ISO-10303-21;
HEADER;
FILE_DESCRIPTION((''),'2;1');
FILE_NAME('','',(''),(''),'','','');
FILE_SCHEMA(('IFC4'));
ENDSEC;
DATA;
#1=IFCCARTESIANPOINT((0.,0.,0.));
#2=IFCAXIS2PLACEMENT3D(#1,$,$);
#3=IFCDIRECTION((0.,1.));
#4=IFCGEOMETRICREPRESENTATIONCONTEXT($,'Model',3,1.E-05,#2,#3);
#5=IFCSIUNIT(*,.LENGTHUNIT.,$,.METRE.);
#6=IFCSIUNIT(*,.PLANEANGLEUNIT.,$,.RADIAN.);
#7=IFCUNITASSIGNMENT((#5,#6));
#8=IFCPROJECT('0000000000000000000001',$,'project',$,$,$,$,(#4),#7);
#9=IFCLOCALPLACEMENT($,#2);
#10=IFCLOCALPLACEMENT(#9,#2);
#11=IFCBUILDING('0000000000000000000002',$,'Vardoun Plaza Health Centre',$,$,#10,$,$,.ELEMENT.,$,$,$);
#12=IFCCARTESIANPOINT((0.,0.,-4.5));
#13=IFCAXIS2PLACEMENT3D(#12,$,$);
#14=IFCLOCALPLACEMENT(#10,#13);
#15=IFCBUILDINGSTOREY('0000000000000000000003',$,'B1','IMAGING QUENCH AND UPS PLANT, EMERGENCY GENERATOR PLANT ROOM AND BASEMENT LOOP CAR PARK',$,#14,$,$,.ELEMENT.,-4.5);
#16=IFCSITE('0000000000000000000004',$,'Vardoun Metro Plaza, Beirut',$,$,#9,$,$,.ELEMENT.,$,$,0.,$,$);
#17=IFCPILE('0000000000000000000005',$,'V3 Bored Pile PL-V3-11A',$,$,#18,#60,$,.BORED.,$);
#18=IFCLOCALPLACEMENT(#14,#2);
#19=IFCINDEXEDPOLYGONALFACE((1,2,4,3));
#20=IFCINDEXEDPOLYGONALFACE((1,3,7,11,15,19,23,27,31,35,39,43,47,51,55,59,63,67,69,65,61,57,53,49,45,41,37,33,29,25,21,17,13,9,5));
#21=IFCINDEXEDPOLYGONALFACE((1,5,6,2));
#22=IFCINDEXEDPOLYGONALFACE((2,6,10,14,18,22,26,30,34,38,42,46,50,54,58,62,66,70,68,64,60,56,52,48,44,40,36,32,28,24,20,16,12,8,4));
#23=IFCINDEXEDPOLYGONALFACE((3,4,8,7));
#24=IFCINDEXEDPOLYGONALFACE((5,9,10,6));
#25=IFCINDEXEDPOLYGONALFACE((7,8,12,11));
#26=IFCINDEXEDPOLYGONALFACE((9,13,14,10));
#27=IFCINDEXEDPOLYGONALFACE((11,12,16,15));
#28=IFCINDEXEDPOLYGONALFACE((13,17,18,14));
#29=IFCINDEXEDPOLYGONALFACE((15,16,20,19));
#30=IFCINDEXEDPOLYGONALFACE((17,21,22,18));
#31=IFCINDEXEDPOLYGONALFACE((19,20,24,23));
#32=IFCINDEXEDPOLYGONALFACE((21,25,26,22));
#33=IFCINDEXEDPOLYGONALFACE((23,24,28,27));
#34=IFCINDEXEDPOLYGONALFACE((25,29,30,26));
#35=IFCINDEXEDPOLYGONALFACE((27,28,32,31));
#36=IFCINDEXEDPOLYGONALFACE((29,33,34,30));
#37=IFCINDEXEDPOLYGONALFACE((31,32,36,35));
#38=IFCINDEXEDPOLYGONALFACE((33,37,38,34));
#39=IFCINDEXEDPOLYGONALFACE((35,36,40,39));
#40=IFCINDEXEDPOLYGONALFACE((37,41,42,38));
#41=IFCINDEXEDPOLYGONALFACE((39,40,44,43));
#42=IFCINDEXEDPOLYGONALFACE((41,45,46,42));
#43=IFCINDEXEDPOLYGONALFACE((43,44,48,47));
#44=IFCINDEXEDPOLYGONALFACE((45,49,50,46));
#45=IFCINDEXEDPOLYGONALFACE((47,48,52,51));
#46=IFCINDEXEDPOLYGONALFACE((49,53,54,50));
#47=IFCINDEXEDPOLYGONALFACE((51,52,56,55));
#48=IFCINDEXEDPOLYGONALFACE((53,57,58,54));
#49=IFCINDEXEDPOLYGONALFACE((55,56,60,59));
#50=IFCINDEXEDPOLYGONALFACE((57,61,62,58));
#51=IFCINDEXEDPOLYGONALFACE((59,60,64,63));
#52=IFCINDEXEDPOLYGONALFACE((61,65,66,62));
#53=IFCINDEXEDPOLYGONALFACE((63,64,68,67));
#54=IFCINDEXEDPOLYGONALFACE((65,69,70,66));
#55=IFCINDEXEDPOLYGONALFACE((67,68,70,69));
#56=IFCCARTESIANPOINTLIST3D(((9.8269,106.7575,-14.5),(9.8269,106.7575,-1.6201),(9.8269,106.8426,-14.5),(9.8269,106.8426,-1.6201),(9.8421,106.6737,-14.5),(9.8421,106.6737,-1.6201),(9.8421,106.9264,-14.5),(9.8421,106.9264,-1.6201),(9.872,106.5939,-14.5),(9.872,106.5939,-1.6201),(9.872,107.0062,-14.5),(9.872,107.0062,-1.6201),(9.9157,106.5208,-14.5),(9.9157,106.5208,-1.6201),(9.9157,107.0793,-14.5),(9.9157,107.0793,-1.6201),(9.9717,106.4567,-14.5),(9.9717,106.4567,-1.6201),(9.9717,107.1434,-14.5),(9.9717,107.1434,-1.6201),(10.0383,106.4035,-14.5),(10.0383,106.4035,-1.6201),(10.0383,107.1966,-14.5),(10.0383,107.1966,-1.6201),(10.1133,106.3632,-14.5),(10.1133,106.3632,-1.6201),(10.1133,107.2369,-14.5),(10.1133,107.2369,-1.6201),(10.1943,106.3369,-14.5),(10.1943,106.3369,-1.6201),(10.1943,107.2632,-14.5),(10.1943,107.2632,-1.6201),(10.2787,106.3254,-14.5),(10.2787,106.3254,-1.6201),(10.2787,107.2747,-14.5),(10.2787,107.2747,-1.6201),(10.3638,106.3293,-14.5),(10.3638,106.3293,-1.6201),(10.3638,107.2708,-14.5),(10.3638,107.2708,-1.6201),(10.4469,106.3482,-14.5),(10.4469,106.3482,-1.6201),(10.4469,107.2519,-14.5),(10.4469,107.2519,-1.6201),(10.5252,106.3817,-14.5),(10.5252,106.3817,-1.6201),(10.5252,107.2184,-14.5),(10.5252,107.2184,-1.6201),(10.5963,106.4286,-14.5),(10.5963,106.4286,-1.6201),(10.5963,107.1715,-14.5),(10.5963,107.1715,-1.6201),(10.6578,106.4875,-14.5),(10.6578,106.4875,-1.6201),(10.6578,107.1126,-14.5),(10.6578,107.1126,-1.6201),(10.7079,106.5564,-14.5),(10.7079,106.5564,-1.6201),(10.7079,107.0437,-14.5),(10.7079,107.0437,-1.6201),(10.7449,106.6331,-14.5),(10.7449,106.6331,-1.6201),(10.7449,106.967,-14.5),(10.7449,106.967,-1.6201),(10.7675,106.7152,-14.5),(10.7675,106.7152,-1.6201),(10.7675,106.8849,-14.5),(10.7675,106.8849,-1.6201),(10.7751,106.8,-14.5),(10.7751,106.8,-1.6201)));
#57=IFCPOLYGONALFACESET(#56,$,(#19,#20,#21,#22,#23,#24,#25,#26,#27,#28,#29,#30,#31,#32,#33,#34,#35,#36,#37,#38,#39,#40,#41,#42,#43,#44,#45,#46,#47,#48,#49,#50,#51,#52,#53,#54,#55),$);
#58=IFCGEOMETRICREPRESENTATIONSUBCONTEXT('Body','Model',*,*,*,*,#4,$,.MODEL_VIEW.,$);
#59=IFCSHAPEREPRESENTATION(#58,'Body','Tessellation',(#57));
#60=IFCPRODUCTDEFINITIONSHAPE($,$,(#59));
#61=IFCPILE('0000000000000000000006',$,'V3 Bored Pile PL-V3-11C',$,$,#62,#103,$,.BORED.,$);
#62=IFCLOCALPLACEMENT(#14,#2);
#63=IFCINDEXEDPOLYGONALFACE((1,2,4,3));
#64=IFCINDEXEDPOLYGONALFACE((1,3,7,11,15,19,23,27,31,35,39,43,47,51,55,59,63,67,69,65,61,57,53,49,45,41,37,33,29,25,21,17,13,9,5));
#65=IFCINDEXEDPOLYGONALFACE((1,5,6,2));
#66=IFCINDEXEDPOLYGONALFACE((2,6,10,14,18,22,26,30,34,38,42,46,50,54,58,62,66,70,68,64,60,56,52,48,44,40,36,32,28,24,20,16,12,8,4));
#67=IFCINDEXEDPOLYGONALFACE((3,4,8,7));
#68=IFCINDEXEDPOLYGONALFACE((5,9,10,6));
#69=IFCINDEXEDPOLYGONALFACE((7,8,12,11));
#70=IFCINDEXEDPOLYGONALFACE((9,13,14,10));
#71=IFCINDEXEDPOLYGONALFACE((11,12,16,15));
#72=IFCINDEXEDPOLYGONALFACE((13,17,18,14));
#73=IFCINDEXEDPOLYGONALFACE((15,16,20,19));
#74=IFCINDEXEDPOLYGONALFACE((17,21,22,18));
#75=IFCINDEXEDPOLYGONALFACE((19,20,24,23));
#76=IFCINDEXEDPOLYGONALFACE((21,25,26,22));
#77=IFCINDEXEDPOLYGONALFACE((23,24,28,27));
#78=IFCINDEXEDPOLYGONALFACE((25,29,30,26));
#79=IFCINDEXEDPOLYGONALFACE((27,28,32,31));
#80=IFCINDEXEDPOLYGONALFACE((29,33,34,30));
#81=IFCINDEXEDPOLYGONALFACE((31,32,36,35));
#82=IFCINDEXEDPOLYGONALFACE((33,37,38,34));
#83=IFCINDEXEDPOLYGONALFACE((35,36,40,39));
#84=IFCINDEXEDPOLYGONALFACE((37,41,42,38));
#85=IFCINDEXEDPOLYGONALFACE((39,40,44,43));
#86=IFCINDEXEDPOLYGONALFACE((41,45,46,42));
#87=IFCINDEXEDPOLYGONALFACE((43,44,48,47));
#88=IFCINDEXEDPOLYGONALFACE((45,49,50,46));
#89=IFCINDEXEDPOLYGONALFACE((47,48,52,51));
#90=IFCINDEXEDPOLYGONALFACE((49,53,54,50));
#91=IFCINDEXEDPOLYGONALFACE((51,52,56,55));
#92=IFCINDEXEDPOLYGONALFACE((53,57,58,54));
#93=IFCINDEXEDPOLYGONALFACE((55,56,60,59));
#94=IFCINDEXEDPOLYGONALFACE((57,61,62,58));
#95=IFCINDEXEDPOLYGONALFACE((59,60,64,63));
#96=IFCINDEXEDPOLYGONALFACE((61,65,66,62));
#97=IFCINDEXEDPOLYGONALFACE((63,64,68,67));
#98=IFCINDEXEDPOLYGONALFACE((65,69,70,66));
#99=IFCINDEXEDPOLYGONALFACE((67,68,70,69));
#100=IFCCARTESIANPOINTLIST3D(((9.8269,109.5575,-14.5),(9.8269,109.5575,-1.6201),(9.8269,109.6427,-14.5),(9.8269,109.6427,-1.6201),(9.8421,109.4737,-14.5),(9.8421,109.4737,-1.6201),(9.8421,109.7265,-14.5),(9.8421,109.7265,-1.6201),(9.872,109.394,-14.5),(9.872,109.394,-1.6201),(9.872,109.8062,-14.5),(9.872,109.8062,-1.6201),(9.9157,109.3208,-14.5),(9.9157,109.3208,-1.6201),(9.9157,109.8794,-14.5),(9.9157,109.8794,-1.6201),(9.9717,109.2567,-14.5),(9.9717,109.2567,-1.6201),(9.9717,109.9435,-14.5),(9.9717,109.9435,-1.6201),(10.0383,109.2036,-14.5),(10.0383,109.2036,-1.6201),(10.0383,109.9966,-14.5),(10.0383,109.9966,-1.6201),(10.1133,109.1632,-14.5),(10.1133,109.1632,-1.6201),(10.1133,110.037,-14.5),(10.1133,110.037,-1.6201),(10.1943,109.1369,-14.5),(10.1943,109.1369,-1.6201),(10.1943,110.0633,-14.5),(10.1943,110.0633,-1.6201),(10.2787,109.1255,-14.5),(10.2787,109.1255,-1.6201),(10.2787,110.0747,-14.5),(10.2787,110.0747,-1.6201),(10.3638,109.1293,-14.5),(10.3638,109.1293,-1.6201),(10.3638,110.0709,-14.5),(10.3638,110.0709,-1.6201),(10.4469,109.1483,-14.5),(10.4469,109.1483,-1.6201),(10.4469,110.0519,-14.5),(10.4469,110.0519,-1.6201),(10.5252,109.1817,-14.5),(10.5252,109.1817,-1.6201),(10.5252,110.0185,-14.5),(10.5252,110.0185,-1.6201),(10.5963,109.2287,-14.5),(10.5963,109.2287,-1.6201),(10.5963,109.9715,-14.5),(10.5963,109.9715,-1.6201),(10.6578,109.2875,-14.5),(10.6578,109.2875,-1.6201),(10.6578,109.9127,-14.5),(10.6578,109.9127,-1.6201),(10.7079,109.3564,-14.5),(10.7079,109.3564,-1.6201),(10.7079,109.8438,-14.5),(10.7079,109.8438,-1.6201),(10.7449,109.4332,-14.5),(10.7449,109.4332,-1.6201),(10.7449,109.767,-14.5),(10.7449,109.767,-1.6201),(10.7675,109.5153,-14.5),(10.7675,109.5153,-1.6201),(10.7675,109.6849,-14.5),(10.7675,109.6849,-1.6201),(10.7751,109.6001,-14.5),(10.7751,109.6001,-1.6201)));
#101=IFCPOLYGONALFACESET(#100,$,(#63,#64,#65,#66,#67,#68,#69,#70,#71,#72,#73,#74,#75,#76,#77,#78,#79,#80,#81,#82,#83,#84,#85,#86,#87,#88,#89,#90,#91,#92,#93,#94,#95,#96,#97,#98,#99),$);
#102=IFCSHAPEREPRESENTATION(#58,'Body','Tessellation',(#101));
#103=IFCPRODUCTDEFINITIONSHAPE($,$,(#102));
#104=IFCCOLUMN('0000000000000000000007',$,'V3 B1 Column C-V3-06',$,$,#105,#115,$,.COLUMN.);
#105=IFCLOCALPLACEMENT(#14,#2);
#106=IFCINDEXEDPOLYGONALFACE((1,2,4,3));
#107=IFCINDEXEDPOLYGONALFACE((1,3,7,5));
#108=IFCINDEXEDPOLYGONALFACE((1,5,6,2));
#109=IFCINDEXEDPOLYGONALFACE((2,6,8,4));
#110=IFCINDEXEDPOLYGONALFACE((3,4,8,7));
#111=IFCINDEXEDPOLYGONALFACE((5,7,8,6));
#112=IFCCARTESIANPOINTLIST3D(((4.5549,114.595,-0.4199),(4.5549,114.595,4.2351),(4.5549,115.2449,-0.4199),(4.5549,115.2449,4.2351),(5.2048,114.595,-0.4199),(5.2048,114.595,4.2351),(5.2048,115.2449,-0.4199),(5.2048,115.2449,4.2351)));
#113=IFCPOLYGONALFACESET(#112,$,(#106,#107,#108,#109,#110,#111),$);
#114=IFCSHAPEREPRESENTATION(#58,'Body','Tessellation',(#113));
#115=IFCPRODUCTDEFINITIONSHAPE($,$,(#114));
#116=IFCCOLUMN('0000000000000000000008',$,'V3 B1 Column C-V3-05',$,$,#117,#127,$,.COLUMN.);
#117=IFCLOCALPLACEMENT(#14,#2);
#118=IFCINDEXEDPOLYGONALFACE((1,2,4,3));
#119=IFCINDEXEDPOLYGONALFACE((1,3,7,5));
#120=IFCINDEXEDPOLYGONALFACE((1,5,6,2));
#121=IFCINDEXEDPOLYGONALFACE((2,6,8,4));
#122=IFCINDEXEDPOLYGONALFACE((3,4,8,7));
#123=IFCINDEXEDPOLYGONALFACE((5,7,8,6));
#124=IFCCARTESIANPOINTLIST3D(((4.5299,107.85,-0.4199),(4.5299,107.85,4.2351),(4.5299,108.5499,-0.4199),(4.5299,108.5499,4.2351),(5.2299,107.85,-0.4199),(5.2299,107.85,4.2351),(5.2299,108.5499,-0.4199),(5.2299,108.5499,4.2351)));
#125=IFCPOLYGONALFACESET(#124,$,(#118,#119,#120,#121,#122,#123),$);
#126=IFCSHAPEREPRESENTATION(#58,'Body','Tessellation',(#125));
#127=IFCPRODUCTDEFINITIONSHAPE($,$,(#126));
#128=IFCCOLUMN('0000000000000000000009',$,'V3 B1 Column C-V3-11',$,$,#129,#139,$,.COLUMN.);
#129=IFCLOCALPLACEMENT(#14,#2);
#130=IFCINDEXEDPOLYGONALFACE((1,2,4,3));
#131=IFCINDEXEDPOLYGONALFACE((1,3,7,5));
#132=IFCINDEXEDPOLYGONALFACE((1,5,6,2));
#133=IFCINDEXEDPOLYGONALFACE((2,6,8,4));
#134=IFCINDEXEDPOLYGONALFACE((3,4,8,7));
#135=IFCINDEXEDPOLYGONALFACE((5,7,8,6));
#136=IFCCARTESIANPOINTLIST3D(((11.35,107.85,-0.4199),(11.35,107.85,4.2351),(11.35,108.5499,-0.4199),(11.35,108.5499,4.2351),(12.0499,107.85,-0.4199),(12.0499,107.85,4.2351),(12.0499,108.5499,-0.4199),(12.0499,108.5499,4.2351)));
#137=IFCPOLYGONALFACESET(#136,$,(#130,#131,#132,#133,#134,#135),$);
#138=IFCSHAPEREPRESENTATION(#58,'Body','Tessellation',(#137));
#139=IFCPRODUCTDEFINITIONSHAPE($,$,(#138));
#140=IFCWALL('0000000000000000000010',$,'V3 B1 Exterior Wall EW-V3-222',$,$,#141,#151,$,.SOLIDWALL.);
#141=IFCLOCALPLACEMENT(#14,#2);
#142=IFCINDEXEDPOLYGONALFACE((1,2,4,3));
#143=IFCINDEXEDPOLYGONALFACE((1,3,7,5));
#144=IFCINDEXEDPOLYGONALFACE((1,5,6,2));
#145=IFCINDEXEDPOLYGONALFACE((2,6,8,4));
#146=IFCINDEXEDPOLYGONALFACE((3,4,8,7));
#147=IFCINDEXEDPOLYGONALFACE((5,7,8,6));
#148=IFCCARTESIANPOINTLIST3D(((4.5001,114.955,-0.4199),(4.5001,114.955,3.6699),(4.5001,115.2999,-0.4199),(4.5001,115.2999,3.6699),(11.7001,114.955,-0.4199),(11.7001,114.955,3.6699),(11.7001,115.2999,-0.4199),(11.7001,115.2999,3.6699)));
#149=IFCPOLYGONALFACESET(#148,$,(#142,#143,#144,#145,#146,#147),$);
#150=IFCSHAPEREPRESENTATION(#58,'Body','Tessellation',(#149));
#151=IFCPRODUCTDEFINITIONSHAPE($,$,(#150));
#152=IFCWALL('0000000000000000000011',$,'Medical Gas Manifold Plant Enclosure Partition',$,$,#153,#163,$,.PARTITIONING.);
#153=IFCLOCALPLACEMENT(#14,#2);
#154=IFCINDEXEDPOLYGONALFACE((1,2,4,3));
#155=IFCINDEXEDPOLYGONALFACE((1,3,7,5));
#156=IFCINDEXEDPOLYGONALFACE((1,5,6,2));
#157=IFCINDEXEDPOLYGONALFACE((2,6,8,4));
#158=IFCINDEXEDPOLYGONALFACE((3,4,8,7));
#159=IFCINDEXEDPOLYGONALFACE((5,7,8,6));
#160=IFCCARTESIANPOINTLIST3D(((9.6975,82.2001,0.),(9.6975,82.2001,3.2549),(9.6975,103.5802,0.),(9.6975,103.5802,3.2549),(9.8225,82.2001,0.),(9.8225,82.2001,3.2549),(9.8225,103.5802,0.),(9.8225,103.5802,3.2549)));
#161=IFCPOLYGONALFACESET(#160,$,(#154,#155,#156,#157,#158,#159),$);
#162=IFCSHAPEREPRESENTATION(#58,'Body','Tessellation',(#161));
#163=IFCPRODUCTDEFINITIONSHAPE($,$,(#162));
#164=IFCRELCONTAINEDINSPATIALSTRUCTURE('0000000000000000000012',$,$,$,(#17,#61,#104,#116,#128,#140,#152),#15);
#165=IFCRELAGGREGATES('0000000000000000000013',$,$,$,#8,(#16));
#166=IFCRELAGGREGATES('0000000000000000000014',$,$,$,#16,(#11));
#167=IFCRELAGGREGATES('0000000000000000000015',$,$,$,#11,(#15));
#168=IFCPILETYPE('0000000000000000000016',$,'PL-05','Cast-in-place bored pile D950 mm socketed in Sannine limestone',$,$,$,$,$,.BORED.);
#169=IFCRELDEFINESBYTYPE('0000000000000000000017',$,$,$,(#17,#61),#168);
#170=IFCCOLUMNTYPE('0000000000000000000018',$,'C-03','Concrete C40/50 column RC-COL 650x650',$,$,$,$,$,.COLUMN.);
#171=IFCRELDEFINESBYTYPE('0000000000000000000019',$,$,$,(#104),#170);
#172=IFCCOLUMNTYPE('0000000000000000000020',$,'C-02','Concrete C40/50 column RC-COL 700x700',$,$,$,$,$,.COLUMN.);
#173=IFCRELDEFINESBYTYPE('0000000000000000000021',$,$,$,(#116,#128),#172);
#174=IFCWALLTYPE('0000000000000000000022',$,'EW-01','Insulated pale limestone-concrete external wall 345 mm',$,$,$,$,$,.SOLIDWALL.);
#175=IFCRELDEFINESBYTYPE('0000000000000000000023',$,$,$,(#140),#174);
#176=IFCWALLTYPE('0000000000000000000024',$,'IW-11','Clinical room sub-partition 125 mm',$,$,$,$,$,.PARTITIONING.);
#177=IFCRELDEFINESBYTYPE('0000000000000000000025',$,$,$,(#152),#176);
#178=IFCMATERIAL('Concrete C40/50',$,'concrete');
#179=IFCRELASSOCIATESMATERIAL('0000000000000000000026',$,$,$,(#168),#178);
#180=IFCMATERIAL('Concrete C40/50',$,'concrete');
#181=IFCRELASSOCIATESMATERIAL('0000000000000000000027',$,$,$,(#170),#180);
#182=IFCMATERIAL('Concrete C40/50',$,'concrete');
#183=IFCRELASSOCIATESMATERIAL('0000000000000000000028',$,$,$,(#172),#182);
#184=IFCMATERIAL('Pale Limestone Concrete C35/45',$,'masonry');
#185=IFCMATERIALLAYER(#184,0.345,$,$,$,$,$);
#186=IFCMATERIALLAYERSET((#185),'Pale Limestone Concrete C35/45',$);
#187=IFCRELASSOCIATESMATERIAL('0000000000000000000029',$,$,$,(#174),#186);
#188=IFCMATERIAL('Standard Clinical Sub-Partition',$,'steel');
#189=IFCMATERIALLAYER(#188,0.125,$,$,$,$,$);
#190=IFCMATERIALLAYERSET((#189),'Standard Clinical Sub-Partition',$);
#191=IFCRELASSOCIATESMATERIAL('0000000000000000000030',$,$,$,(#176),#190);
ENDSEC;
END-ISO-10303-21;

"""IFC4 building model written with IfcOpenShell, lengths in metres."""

from ifc_helpers import new_model, si_unit, direction, frame, frame_2d, origin, origin_2d, place, context, subcontext, project, spatial, rectangle, circle, extrude, material, layer, layer_set, material_profile, profile_set, type_object, element, save


model = new_model("IFC4")

# Units and contexts
model_context = context("Model", 3, precision=1e-05, world=origin(), true_north=direction((0.0, 1.0)))
body_context = subcontext(model_context, "Body", "Model", "MODEL_VIEW")
ifc_project = project(units=[si_unit("LENGTHUNIT", "METRE"), si_unit("PLANEANGLEUNIT", "RADIAN")], contexts=[model_context])

# Site, building, storey
site_placement = place(None, origin())
site = spatial("IfcSite", under=ifc_project, at=site_placement, Name="Vardoun Metro Plaza, Beirut", CompositionType="ELEMENT", RefElevation=0.0)
building_placement = place(site_placement, origin())
building = spatial("IfcBuilding", under=site, at=building_placement, Name="Vardoun Plaza Health Centre", CompositionType="ELEMENT")
storey_placement = place(building_placement, frame((0.0, 0.0, -4.5)))
storey = spatial("IfcBuildingStorey", under=building, at=storey_placement, Name="B1", Description="IMAGING QUENCH AND UPS PLANT, EMERGENCY GENERATOR PLANT ROOM AND BASEMENT LOOP CAR PARK", CompositionType="ELEMENT", Elevation=-4.5)

# Piles
ifc_material_1 = material(Name="Concrete C40/50", Category="concrete")
ifc_material_profile_1 = material_profile(ifc_material_1, circle(Radius=0.4751, at=origin_2d()), Name="PILE D950")
ifc_profile_set_1 = profile_set([ifc_material_profile_1], Name="Concrete C40/50")
pile_type_1 = type_object("IfcPileType", Name="PL-05", Description="Cast-in-place bored pile D950 mm socketed in Sannine limestone", PredefinedType="BORED", material=ifc_profile_set_1)
for number, where, z_axis, x_axis, name in (
    (1, (10.3, 106.8, -1.6201), (0.0, 0.0, -1.0), (1.0, 0.0, 0.0), "V3 Bored Pile PL-V3-11A"),
    (2, (10.3, 109.6001, -1.6201), (0.0, 0.0, -1.0), (1.0, 0.0, 0.0), "V3 Bored Pile PL-V3-11C"),
):
    element("IfcPile", number, at=place(storey_placement, frame(where, z_axis=z_axis, x_axis=x_axis)), inside=storey, type_object=pile_type_1, Name=name, PredefinedType="BORED", context=body_context, shape_type="SweptSolid", body=[
        extrude(circle(Radius=0.4751, at=origin_2d()), origin(), (0.0, 0.0, 1.0), 12.8799),
    ])

# Columns
ifc_material_2 = material(Name="Concrete C40/50", Category="concrete")
ifc_material_profile_2 = material_profile(ifc_material_2, rectangle(XDim=0.6499, YDim=0.6499, at=origin_2d()), Name="RC-COL 650x650")
ifc_profile_set_2 = profile_set([ifc_material_profile_2], Name="Concrete C40/50")
column_type_1 = type_object("IfcColumnType", Name="C-03", Description="Concrete C40/50 column RC-COL 650x650", PredefinedType="COLUMN", material=ifc_profile_set_2)
column_placement = place(storey_placement, frame((4.8799, 114.9199, -0.4199), z_axis=(0.0, 0.0, 1.0), x_axis=(1.0, 0.0, 0.0)))
element("IfcColumn", 3, at=column_placement, inside=storey, type_object=column_type_1, Name="V3 B1 Column C-V3-06", PredefinedType="COLUMN", context=body_context, shape_type="SweptSolid", body=[
    extrude(rectangle(XDim=0.6499, YDim=0.6499, at=origin_2d()), origin(), (0.0, 0.0, 1.0), 4.655),
])
ifc_material_3 = material(Name="Concrete C40/50", Category="concrete")
ifc_material_profile_3 = material_profile(ifc_material_3, rectangle(XDim=0.7, YDim=0.7, at=origin_2d()), Name="RC-COL 700x700")
ifc_profile_set_3 = profile_set([ifc_material_profile_3], Name="Concrete C40/50")
column_type_2 = type_object("IfcColumnType", Name="C-02", Description="Concrete C40/50 column RC-COL 700x700", PredefinedType="COLUMN", material=ifc_profile_set_3)
for number, where, z_axis, x_axis, name in (
    (4, (4.8799, 108.2, -0.4199), (0.0, 0.0, 1.0), (1.0, 0.0, 0.0), "V3 B1 Column C-V3-05"),
    (5, (11.7, 108.2, -0.4199), (0.0, 0.0, 1.0), (1.0, 0.0, 0.0), "V3 B1 Column C-V3-11"),
):
    element("IfcColumn", number, at=place(storey_placement, frame(where, z_axis=z_axis, x_axis=x_axis)), inside=storey, type_object=column_type_2, Name=name, PredefinedType="COLUMN", context=body_context, shape_type="SweptSolid", body=[
        extrude(rectangle(XDim=0.7, YDim=0.7, at=origin_2d()), origin(), (0.0, 0.0, 1.0), 4.655),
    ])

# Walls
ifc_material_4 = material(Name="Pale Limestone Concrete C35/45", Category="masonry")
ifc_layer_1 = layer(ifc_material_4, 0.345)
ifc_layer_set_1 = layer_set([ifc_layer_1], Name="Pale Limestone Concrete C35/45")
wall_type_1 = type_object("IfcWallType", Name="EW-01", Description="Insulated pale limestone-concrete external wall 345 mm", PredefinedType="SOLIDWALL", material=ifc_layer_set_1)
wall_1_placement = place(storey_placement, frame((4.5, 115.1274, -0.4199), z_axis=(0.0, 0.0, 1.0), x_axis=(1.0, 0.0, 0.0)))
element("IfcWall", 6, at=wall_1_placement, inside=storey, type_object=wall_type_1, Name="V3 B1 Exterior Wall EW-V3-222", PredefinedType="SOLIDWALL", context=body_context, shape_type="SweptSolid", body=[
    extrude(rectangle(XDim=7.2, YDim=0.345, at=frame_2d((3.6001, 0.0))), origin(), (0.0, 0.0, 1.0), 4.0898),
])
ifc_material_5 = material(Name="Standard Clinical Sub-Partition", Category="steel")
ifc_layer_2 = layer(ifc_material_5, 0.125)
ifc_layer_set_2 = layer_set([ifc_layer_2], Name="Standard Clinical Sub-Partition")
wall_type_2 = type_object("IfcWallType", Name="IW-11", Description="Clinical room sub-partition 125 mm", PredefinedType="PARTITIONING", material=ifc_layer_set_2)
wall_2_placement = place(storey_placement, frame((9.76, 103.5801, 0.0), z_axis=(0.0, 0.0, 1.0), x_axis=(0.0, -1.0, 0.0)))
element("IfcWall", 7, at=wall_2_placement, inside=storey, type_object=wall_type_2, Name="Medical Gas Manifold Plant Enclosure Partition", PredefinedType="PARTITIONING", context=body_context, shape_type="SweptSolid", body=[
    extrude(rectangle(XDim=21.3801, YDim=0.125, at=frame_2d((10.6899, 0.0))), origin(), (0.0, 0.0, 1.0), 3.2549),
])

save(model, "model.ifc")
